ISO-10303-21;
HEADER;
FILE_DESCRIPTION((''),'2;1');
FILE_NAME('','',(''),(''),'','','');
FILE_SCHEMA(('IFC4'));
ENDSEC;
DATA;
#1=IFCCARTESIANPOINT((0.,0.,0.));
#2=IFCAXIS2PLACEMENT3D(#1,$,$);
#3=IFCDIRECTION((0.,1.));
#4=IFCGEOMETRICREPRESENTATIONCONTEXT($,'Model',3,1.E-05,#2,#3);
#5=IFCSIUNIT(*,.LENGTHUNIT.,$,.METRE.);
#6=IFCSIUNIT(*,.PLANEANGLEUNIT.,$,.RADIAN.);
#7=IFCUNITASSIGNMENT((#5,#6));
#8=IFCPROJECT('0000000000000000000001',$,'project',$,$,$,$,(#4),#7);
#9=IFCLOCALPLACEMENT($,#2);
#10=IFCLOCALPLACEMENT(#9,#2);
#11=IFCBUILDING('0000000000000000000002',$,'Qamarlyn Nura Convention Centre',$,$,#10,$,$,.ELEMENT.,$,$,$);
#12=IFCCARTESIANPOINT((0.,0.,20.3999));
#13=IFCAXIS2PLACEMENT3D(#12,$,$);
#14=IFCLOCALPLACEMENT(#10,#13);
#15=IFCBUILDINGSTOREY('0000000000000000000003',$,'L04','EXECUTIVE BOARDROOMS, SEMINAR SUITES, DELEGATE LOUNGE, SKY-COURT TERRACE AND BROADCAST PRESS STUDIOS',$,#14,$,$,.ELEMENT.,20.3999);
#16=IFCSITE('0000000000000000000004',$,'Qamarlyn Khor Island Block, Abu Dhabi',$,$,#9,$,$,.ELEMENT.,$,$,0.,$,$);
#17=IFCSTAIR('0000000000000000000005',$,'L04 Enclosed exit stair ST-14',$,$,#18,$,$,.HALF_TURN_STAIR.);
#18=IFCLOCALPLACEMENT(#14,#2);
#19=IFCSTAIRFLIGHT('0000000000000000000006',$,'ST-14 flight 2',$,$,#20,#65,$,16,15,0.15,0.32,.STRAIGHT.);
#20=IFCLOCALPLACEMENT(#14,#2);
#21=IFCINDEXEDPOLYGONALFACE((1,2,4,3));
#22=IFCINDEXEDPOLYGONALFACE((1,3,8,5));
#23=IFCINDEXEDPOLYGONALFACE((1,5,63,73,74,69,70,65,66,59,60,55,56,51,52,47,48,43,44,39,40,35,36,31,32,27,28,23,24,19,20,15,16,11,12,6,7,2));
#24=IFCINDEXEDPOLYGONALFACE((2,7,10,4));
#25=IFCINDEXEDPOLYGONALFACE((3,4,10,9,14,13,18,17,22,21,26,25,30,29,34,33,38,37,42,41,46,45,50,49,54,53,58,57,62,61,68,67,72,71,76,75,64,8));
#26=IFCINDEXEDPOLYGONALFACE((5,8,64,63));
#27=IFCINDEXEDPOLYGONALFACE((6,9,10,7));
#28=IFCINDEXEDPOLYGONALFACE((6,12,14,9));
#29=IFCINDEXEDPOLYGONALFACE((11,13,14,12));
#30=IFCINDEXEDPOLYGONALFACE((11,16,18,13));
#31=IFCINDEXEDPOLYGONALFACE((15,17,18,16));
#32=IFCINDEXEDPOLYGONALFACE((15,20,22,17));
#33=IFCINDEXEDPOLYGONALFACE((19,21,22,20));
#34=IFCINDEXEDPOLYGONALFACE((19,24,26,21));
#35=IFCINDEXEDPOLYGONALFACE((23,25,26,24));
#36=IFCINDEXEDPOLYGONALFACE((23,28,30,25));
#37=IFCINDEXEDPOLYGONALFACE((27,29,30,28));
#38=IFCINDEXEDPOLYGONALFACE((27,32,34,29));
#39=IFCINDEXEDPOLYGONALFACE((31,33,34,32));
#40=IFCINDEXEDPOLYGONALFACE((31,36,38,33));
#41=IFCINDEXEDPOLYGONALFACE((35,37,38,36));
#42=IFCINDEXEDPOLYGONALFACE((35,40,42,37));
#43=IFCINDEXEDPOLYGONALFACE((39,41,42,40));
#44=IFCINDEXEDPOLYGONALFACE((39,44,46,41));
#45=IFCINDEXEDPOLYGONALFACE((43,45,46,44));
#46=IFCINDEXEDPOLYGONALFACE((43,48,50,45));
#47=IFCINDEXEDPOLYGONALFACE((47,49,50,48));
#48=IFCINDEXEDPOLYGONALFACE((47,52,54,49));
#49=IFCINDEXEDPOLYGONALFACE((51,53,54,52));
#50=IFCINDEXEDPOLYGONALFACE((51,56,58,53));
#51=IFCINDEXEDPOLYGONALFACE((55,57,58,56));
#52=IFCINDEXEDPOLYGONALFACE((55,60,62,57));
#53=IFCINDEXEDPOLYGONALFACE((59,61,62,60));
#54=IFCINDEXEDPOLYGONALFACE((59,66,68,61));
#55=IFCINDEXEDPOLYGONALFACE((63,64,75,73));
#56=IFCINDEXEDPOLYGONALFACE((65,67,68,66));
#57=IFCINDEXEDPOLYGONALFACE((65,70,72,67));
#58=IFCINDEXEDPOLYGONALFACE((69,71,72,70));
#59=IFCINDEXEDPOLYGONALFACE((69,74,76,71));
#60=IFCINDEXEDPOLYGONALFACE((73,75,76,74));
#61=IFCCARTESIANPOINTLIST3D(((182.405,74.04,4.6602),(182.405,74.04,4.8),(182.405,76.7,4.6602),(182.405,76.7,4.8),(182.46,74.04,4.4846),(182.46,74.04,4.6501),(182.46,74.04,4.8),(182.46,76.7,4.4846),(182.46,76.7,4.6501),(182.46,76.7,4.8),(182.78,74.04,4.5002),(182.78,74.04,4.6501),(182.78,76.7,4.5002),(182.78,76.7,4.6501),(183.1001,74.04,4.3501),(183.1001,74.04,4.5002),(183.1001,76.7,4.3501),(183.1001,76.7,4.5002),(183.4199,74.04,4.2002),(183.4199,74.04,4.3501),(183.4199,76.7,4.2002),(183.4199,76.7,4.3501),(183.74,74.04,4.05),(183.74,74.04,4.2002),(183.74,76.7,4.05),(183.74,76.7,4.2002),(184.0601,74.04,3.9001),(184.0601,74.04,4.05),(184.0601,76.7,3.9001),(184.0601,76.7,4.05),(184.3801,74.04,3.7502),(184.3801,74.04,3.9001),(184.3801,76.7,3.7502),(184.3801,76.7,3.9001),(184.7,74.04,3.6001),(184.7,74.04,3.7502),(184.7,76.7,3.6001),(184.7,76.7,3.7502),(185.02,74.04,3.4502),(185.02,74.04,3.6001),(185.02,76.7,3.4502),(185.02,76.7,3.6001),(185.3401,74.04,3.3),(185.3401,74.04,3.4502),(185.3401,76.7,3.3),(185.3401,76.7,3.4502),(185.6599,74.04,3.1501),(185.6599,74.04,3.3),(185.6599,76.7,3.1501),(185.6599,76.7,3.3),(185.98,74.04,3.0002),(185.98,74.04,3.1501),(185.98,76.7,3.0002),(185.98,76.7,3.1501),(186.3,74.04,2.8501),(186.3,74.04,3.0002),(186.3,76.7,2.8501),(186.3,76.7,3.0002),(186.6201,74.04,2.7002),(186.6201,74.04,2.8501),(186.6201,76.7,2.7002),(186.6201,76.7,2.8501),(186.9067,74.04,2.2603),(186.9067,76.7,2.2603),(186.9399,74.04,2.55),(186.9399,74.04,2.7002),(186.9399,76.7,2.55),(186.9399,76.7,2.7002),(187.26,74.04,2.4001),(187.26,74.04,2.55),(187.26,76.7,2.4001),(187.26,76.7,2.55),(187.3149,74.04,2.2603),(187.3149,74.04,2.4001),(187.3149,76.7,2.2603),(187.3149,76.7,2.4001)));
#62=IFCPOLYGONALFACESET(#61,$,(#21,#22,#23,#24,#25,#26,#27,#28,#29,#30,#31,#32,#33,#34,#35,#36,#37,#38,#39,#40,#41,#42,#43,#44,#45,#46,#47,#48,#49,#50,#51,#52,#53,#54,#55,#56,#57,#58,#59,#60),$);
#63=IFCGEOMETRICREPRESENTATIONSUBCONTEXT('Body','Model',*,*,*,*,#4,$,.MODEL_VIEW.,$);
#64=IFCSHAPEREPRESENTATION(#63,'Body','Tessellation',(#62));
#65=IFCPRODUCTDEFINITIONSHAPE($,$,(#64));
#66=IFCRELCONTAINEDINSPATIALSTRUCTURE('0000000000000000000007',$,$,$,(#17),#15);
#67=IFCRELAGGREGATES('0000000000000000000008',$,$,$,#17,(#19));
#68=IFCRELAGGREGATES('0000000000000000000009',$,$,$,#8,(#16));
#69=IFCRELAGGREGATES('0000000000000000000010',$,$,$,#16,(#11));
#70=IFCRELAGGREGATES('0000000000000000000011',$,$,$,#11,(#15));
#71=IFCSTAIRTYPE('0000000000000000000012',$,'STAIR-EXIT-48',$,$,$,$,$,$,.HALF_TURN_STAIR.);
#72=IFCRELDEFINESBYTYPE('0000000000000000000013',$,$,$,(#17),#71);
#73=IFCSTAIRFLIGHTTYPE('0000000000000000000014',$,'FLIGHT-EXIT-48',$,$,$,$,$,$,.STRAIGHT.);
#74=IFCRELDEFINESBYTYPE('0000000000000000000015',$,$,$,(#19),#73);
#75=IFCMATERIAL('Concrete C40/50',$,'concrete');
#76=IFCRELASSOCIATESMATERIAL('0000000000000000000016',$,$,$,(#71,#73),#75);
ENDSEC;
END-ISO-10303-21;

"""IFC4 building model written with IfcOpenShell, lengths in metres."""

from ifc_helpers import new_model, si_unit, direction, frame, origin, place, context, subcontext, project, spatial, polyline, outline, extrude, material, type_object, element, aggregate, save


model = new_model("IFC4")

# Units and contexts
model_context = context("Model", 3, precision=1e-05, world=origin(), true_north=direction((0.0, 1.0)))
body_context = subcontext(model_context, "Body", "Model", "MODEL_VIEW")
ifc_project = project(units=[si_unit("LENGTHUNIT", "METRE"), si_unit("PLANEANGLEUNIT", "RADIAN")], contexts=[model_context])

# Site, building, storey
site_placement = place(None, origin())
site = spatial("IfcSite", under=ifc_project, at=site_placement, Name="Qamarlyn Khor Island Block, Abu Dhabi", CompositionType="ELEMENT", RefElevation=0.0)
building_placement = place(site_placement, origin())
building = spatial("IfcBuilding", under=site, at=building_placement, Name="Qamarlyn Nura Convention Centre", CompositionType="ELEMENT")
storey_placement = place(building_placement, frame((0.0, 0.0, 20.3999)))
storey = spatial("IfcBuildingStorey", under=building, at=storey_placement, Name="L04", Description="EXECUTIVE BOARDROOMS, SEMINAR SUITES, DELEGATE LOUNGE, SKY-COURT TERRACE AND BROADCAST PRESS STUDIOS", CompositionType="ELEMENT", Elevation=20.3999)

# Stair, stair flight
ifc_material_1 = material(Name="Concrete C40/50", Category="concrete")
stair_type = type_object("IfcStairType", Name="STAIR-EXIT-48", PredefinedType="HALF_TURN_STAIR", material=ifc_material_1)
stair_placement = place(storey_placement, origin())
stair = element("IfcStair", 1, at=stair_placement, inside=storey, type_object=stair_type, Name="L04 Enclosed exit stair ST-14", PredefinedType="HALF_TURN_STAIR")
stair_flight_type = type_object("IfcStairFlightType", Name="FLIGHT-EXIT-48", PredefinedType="STRAIGHT", material=ifc_material_1)
stair_flight_1_placement = place(storey_placement, frame((187.26, 75.3701, 2.4001), z_axis=(0.0, 0.0, 1.0), x_axis=(-1.0, 0.0, 0.0)))
stair_flight_1 = element("IfcStairFlight", 2, at=stair_flight_1_placement, type_object=stair_flight_type, Name="ST-14 flight 2", NumberOfRisers=16, NumberOfTreads=15, PredefinedType="STRAIGHT", RiserHeight=0.15, TreadLength=0.32, context=body_context, shape_type="SweptSolid", body=[
    extrude(outline(polyline([(-0.0549, 0.0), (0.0, 0.0), (0.0, 0.1499), (0.3201, 0.1499), (0.3201, 0.3), (0.6399, 0.3), (0.6399, 0.45), (0.96, 0.45), (0.96, 0.6001), (1.28, 0.6001), (1.28, 0.75), (1.6001, 0.75), (1.6001, 0.8999), (1.9199, 0.8999), (1.9199, 1.05), (2.24, 1.05), (2.24, 1.2), (2.5601, 1.2), (2.5601, 1.3501), (2.8799, 1.3501), (2.8799, 1.5), (3.2, 1.5), (3.2, 1.6499), (3.52, 1.6499), (3.52, 1.8), (3.8401, 1.8), (3.8401, 1.95), (4.1599, 1.95), (4.1599, 2.1001), (4.48, 2.1001), (4.48, 2.25), (4.8, 2.25), (4.8, 2.3999), (4.855, 2.3999), (4.855, 2.26), (4.8, 2.0845), (0.3533, -0.1399), (-0.0549, -0.1399), (-0.0549, 0.0)])), frame((0.0, 1.3301, 0.0), z_axis=(0.0, -1.0, 0.0), x_axis=(1.0, 0.0, 0.0)), (0.0, 0.0, 1.0), 2.6599),
])
aggregate(stair, [stair_flight_1])

save(model, "model.ifc")
